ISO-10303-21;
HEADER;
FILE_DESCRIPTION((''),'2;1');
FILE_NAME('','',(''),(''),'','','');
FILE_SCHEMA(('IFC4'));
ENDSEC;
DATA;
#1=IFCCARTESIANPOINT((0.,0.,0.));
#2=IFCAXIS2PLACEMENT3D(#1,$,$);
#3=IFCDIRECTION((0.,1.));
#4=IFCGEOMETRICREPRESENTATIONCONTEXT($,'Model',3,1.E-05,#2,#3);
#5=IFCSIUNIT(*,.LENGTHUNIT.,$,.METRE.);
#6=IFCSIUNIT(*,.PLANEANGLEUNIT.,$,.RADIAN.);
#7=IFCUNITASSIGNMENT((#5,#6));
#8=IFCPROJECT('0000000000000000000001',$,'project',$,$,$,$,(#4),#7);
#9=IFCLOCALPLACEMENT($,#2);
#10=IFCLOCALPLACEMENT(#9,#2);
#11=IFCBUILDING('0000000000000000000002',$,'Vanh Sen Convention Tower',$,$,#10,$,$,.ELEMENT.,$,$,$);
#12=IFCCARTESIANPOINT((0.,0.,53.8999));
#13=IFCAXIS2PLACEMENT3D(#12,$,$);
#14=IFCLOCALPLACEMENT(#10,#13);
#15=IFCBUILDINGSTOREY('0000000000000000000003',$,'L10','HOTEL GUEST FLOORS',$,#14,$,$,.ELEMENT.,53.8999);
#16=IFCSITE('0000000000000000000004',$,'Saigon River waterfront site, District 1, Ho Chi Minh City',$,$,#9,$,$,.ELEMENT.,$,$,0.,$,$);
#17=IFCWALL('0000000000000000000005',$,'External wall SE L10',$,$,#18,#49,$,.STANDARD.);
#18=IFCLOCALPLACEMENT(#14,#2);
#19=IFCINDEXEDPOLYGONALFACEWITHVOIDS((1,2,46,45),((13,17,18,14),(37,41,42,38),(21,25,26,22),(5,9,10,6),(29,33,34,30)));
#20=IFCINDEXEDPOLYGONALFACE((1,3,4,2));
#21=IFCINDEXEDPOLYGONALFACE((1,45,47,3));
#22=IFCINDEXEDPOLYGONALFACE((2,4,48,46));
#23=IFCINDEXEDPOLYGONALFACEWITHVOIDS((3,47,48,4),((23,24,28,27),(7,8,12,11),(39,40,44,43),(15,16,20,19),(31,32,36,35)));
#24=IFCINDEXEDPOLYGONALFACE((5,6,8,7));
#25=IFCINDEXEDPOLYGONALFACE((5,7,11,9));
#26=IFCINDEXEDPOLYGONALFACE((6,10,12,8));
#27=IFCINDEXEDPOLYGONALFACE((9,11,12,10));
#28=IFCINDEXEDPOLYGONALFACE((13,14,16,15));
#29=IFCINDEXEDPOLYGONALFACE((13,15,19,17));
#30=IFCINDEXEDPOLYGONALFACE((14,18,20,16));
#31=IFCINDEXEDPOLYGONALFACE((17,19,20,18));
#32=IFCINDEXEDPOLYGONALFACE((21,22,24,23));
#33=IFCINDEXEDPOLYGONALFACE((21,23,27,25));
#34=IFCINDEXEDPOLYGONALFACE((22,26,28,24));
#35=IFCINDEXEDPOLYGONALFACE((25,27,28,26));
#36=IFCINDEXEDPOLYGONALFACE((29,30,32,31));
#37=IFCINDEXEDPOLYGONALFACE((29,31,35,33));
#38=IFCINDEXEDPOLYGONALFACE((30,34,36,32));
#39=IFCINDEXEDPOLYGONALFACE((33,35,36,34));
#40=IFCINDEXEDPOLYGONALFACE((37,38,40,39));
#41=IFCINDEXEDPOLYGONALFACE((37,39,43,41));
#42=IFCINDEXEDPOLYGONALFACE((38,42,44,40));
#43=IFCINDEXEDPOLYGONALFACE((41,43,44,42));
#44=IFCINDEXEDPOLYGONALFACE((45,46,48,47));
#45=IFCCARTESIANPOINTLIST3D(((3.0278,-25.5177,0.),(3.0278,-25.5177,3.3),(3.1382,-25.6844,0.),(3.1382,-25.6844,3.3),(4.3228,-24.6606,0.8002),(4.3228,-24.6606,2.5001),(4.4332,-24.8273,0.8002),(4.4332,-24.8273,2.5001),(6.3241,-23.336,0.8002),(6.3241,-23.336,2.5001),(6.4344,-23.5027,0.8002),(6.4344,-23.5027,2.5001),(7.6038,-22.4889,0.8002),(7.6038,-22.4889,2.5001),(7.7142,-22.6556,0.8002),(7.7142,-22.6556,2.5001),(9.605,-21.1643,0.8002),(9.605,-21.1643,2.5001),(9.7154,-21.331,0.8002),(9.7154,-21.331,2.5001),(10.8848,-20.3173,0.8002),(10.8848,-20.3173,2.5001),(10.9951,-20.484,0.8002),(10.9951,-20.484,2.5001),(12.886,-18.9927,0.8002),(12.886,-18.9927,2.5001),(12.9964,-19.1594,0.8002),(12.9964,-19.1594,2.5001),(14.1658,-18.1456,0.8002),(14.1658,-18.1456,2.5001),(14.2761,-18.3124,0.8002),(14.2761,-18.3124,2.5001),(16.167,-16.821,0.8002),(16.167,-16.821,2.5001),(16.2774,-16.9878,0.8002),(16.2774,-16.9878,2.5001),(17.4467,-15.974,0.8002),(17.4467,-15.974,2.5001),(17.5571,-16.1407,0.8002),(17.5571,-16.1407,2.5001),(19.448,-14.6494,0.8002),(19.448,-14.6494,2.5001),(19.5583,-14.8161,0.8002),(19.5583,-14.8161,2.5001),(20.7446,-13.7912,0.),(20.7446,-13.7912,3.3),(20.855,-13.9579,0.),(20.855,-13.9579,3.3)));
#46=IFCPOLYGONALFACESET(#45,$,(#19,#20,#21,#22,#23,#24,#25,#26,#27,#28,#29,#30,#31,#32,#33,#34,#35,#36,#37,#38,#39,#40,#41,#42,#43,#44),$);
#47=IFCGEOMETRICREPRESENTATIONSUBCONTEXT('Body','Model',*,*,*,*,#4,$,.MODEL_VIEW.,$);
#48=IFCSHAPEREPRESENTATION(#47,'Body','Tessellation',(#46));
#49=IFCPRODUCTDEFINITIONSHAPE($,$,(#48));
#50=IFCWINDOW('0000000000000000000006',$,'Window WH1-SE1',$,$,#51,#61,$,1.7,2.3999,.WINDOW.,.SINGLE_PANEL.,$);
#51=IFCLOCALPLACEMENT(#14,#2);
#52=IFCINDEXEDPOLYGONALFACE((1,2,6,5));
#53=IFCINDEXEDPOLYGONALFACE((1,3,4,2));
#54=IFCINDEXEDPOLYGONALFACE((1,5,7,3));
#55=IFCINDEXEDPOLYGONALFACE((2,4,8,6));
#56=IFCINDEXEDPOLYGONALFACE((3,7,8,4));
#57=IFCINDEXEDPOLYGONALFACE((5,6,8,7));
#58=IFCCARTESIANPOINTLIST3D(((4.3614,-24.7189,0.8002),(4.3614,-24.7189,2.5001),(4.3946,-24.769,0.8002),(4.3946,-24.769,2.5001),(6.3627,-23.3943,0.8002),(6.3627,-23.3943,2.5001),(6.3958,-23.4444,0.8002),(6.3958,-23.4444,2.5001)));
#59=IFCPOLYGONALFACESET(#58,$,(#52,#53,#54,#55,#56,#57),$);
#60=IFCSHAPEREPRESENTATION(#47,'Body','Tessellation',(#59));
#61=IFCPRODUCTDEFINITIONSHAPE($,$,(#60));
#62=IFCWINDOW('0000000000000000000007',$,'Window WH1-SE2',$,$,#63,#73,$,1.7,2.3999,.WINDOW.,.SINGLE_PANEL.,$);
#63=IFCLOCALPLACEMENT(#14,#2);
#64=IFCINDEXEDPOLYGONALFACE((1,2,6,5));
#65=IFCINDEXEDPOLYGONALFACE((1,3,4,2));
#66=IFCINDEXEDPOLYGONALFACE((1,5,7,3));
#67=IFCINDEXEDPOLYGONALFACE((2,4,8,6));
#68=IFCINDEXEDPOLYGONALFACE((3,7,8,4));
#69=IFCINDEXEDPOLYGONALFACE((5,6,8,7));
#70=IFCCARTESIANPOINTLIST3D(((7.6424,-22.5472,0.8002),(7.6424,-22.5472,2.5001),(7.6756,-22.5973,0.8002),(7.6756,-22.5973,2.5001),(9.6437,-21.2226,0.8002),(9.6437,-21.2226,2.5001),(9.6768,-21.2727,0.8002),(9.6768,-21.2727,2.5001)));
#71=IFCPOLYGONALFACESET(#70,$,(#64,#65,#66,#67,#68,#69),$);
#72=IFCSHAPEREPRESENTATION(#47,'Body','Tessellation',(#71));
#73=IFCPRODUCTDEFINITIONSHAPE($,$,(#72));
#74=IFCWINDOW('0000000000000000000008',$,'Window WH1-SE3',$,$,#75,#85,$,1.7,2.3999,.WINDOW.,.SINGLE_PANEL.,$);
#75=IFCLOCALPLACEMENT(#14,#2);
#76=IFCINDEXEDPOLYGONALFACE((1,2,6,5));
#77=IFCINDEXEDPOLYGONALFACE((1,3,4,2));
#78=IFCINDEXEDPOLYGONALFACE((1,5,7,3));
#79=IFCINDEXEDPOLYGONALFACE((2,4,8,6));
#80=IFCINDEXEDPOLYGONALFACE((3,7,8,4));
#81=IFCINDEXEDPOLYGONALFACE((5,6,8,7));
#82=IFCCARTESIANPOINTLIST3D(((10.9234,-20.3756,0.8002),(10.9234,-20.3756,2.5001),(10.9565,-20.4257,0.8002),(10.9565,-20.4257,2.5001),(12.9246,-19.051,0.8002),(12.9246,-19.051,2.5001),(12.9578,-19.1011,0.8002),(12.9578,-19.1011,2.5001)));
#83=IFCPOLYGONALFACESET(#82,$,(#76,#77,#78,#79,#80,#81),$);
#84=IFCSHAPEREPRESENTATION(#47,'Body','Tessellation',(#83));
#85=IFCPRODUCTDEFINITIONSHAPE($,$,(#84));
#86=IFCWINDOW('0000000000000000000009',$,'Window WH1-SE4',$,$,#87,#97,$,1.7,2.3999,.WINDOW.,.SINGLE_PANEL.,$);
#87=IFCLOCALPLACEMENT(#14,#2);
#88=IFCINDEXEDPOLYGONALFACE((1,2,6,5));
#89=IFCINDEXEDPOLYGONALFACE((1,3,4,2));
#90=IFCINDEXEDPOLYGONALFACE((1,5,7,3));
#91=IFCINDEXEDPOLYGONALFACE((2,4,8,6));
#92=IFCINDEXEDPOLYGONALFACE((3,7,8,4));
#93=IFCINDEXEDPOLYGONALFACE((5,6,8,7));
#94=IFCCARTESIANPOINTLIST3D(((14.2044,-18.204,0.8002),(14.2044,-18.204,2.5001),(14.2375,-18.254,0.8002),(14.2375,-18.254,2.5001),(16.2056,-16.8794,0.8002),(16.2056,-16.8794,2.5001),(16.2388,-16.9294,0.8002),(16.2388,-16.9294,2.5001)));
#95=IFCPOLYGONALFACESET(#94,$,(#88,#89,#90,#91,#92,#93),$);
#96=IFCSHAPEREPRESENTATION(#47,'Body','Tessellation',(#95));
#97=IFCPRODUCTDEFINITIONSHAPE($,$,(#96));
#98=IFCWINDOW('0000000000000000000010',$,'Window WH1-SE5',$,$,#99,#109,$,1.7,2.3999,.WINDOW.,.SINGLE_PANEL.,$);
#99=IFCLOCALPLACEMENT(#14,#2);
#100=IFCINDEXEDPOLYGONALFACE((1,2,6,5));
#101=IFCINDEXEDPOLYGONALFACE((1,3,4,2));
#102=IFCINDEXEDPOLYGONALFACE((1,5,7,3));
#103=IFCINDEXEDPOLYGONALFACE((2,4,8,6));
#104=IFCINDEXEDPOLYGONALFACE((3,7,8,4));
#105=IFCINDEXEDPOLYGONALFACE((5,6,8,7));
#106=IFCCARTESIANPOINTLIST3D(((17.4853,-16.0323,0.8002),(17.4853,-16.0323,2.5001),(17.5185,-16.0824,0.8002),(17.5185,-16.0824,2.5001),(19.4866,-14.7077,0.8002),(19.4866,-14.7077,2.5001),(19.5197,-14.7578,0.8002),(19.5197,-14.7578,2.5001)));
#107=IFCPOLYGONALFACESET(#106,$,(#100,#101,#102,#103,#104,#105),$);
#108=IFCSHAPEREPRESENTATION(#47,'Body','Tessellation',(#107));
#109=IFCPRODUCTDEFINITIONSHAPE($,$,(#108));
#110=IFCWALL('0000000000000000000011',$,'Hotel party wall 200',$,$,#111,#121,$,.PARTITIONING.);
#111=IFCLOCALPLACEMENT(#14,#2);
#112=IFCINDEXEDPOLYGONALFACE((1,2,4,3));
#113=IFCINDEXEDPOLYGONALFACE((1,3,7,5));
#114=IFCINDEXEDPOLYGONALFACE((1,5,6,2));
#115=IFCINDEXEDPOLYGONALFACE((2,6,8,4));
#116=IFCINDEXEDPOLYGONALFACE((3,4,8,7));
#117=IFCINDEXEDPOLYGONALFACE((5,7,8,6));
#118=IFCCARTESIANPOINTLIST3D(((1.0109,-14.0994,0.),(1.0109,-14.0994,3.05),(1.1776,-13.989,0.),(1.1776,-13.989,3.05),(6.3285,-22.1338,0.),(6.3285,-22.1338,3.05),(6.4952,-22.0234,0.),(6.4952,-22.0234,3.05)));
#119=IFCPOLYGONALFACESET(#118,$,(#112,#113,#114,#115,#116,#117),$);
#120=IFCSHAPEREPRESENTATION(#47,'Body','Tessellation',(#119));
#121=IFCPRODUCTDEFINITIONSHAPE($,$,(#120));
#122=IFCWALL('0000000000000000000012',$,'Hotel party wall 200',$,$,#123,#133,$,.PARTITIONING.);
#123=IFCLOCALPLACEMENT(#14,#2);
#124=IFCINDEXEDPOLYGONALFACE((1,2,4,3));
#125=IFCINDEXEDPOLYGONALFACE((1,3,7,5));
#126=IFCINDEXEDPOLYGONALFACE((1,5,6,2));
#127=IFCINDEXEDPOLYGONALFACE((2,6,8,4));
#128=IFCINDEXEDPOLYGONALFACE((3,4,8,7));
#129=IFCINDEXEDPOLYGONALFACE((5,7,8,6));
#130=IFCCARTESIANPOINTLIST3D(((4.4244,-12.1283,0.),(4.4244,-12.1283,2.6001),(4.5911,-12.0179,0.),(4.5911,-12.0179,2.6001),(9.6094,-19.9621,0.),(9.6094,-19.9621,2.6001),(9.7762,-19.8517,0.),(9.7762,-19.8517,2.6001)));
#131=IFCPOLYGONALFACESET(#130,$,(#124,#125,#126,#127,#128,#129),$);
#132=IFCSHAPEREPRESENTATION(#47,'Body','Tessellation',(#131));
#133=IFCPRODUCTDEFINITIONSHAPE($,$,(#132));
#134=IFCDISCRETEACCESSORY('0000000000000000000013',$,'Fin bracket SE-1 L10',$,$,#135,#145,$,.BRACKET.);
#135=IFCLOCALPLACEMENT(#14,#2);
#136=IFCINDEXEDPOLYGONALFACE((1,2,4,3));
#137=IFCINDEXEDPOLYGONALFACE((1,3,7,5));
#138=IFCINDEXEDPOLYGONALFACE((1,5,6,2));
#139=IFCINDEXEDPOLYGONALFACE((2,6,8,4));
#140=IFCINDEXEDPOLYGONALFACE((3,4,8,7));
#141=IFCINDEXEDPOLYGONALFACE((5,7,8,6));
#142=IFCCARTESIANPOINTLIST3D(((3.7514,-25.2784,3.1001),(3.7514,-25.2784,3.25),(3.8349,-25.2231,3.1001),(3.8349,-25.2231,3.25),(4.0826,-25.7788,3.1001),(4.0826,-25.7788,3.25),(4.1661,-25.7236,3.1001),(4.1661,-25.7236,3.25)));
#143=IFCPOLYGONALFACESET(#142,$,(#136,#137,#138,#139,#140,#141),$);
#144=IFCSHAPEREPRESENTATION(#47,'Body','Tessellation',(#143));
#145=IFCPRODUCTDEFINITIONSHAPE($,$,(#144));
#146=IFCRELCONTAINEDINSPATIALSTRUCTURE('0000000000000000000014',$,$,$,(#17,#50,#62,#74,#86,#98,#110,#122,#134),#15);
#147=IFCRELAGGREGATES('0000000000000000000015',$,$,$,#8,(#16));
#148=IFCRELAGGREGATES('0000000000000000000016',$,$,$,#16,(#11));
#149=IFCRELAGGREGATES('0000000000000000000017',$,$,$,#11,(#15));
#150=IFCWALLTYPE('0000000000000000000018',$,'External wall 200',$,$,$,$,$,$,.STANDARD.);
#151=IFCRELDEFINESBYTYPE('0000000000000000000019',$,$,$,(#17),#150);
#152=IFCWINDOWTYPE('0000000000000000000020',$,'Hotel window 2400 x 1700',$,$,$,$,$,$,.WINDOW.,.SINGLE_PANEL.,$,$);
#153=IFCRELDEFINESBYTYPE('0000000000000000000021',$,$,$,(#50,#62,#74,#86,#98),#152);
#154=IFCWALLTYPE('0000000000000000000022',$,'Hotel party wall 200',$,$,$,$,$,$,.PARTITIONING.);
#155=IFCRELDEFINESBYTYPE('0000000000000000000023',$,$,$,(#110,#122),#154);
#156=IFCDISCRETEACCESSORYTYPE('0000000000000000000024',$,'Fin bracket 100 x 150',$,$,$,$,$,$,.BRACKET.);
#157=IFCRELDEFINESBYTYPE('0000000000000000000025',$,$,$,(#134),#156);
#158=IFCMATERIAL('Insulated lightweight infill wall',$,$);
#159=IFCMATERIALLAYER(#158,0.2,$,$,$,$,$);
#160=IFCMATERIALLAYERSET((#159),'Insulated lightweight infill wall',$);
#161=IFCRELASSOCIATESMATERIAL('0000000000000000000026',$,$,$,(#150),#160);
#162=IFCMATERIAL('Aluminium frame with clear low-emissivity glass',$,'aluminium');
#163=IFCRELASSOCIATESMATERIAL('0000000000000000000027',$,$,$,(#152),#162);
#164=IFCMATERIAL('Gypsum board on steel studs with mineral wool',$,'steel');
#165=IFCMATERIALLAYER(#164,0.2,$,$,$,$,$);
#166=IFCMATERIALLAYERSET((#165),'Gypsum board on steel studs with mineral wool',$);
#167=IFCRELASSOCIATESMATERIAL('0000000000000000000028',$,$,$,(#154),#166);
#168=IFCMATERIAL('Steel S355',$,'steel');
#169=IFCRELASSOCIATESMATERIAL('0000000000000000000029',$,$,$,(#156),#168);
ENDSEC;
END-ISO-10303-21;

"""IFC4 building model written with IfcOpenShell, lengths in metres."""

from ifc_helpers import new_model, si_unit, direction, frame, frame_2d, origin, origin_2d, place, context, subcontext, project, spatial, rectangle, extrude, material, layer, layer_set, type_object, element, fill, save


model = new_model("IFC4")

# Units and contexts
model_context = context("Model", 3, precision=1e-05, world=origin(), true_north=direction((0.0, 1.0)))
body_context = subcontext(model_context, "Body", "Model", "MODEL_VIEW")
ifc_project = project(units=[si_unit("LENGTHUNIT", "METRE"), si_unit("PLANEANGLEUNIT", "RADIAN")], contexts=[model_context])

# Site, building, storey
site_placement = place(None, origin())
site = spatial("IfcSite", under=ifc_project, at=site_placement, Name="Saigon River waterfront site, District 1, Ho Chi Minh City", CompositionType="ELEMENT", RefElevation=0.0)
building_placement = place(site_placement, origin())
building = spatial("IfcBuilding", under=site, at=building_placement, Name="Vanh Sen Convention Tower", CompositionType="ELEMENT")
storey_placement = place(building_placement, frame((0.0, 0.0, 53.8999)))
storey = spatial("IfcBuildingStorey", under=building, at=storey_placement, Name="L10", Description="HOTEL GUEST FLOORS", CompositionType="ELEMENT", Elevation=53.8999)

# Shared definitions
ifc_material_1 = material(Name="Gypsum board on steel studs with mineral wool", Category="steel")

# Wall, openings, windows
ifc_material_2 = material(Name="Insulated lightweight infill wall")
ifc_layer_1 = layer(ifc_material_2, 0.2)
ifc_layer_set_1 = layer_set([ifc_layer_1], Name="Insulated lightweight infill wall")
wall_type_1 = type_object("IfcWallType", Name="External wall 200", PredefinedType="STANDARD", material=ifc_layer_set_1)
wall_1_placement = place(storey_placement, frame((3.083, -25.6011, 0.0), z_axis=(0.0, 0.0, 1.0), x_axis=(0.833884, 0.551939, 0.0)))
wall_1 = element("IfcWall", 1, at=wall_1_placement, inside=storey, type_object=wall_type_1, Name="External wall SE L10", PredefinedType="STANDARD", context=body_context, shape_type="SweptSolid", body=[
    extrude(rectangle(XDim=21.2461, YDim=0.2, at=frame_2d((10.623, 0.0))), origin(), (0.0, 0.0, 1.0), 3.3),
])
opening_1_placement = place(wall_1_placement, frame((1.553, 0.0, 0.8)))
opening_1 = element("IfcOpeningElement", 2, at=opening_1_placement, cuts=wall_1, PredefinedType="OPENING", context=body_context, shape_type="SweptSolid", body=[
    extrude(rectangle(XDim=2.3999, YDim=1.7, at=frame_2d((1.2, 0.8501))), frame((0.0, 0.1099, 0.0), z_axis=(0.0, -1.0, 0.0), x_axis=(1.0, 0.0, 0.0)), (0.0, 0.0, 1.0), 0.22),
])
opening_2_placement = place(wall_1_placement, frame((5.4875, 0.0, 0.8)))
opening_2 = element("IfcOpeningElement", 3, at=opening_2_placement, cuts=wall_1, PredefinedType="OPENING", context=body_context, shape_type="SweptSolid", body=[
    extrude(rectangle(XDim=2.3999, YDim=1.7, at=frame_2d((1.2, 0.8501))), frame((0.0, 0.1099, 0.0), z_axis=(0.0, -1.0, 0.0), x_axis=(1.0, 0.0, 0.0)), (0.0, 0.0, 1.0), 0.22),
])
opening_3_placement = place(wall_1_placement, frame((9.4221, 0.0, 0.8)))
opening_3 = element("IfcOpeningElement", 4, at=opening_3_placement, cuts=wall_1, PredefinedType="OPENING", context=body_context, shape_type="SweptSolid", body=[
    extrude(rectangle(XDim=2.3999, YDim=1.7, at=frame_2d((1.2, 0.8501))), frame((0.0, 0.1099, 0.0), z_axis=(0.0, -1.0, 0.0), x_axis=(1.0, 0.0, 0.0)), (0.0, 0.0, 1.0), 0.22),
])
opening_4_placement = place(wall_1_placement, frame((13.3567, 0.0, 0.8)))
opening_4 = element("IfcOpeningElement", 5, at=opening_4_placement, cuts=wall_1, PredefinedType="OPENING", context=body_context, shape_type="SweptSolid", body=[
    extrude(rectangle(XDim=2.3999, YDim=1.7, at=frame_2d((1.2, 0.8501))), frame((0.0, 0.1099, 0.0), z_axis=(0.0, -1.0, 0.0), x_axis=(1.0, 0.0, 0.0)), (0.0, 0.0, 1.0), 0.22),
])
opening_5_placement = place(wall_1_placement, frame((17.2913, 0.0, 0.8)))
opening_5 = element("IfcOpeningElement", 6, at=opening_5_placement, cuts=wall_1, PredefinedType="OPENING", context=body_context, shape_type="SweptSolid", body=[
    extrude(rectangle(XDim=2.3999, YDim=1.7, at=frame_2d((1.2, 0.8501))), frame((0.0, 0.1099, 0.0), z_axis=(0.0, -1.0, 0.0), x_axis=(1.0, 0.0, 0.0)), (0.0, 0.0, 1.0), 0.22),
])
ifc_material_3 = material(Name="Aluminium frame with clear low-emissivity glass", Category="aluminium")
window_type = type_object("IfcWindowType", Name="Hotel window 2400 x 1700", PartitioningType="SINGLE_PANEL", PredefinedType="WINDOW", material=ifc_material_3)
window_1_placement = place(opening_1_placement, origin())
window_1 = element("IfcWindow", 7, at=window_1_placement, inside=storey, type_object=window_type, Name="Window WH1-SE1", OverallHeight=1.7, OverallWidth=2.3999, PartitioningType="SINGLE_PANEL", PredefinedType="WINDOW", context=body_context, shape_type="SweptSolid", body=[
    extrude(rectangle(XDim=2.3999, YDim=1.7, at=frame_2d((1.2, 0.8501))), frame((0.0, 0.03, 0.0), z_axis=(0.0, -1.0, 0.0), x_axis=(1.0, 0.0, 0.0)), (0.0, 0.0, 1.0), 0.0601),
])
fill(opening_1, window_1)
window_2_placement = place(opening_2_placement, origin())
window_2 = element("IfcWindow", 8, at=window_2_placement, inside=storey, type_object=window_type, Name="Window WH1-SE2", OverallHeight=1.7, OverallWidth=2.3999, PartitioningType="SINGLE_PANEL", PredefinedType="WINDOW", context=body_context, shape_type="SweptSolid", body=[
    extrude(rectangle(XDim=2.3999, YDim=1.7, at=frame_2d((1.2, 0.8501))), frame((0.0, 0.03, 0.0), z_axis=(0.0, -1.0, 0.0), x_axis=(1.0, 0.0, 0.0)), (0.0, 0.0, 1.0), 0.0601),
])
fill(opening_2, window_2)
window_3_placement = place(opening_3_placement, origin())
window_3 = element("IfcWindow", 9, at=window_3_placement, inside=storey, type_object=window_type, Name="Window WH1-SE3", OverallHeight=1.7, OverallWidth=2.3999, PartitioningType="SINGLE_PANEL", PredefinedType="WINDOW", context=body_context, shape_type="SweptSolid", body=[
    extrude(rectangle(XDim=2.3999, YDim=1.7, at=frame_2d((1.2, 0.8501))), frame((0.0, 0.03, 0.0), z_axis=(0.0, -1.0, 0.0), x_axis=(1.0, 0.0, 0.0)), (0.0, 0.0, 1.0), 0.0601),
])
fill(opening_3, window_3)
window_4_placement = place(opening_4_placement, origin())
window_4 = element("IfcWindow", 10, at=window_4_placement, inside=storey, type_object=window_type, Name="Window WH1-SE4", OverallHeight=1.7, OverallWidth=2.3999, PartitioningType="SINGLE_PANEL", PredefinedType="WINDOW", context=body_context, shape_type="SweptSolid", body=[
    extrude(rectangle(XDim=2.3999, YDim=1.7, at=frame_2d((1.2, 0.8501))), frame((0.0, 0.03, 0.0), z_axis=(0.0, -1.0, 0.0), x_axis=(1.0, 0.0, 0.0)), (0.0, 0.0, 1.0), 0.0601),
])
fill(opening_4, window_4)
window_5_placement = place(opening_5_placement, origin())
window_5 = element("IfcWindow", 11, at=window_5_placement, inside=storey, type_object=window_type, Name="Window WH1-SE5", OverallHeight=1.7, OverallWidth=2.3999, PartitioningType="SINGLE_PANEL", PredefinedType="WINDOW", context=body_context, shape_type="SweptSolid", body=[
    extrude(rectangle(XDim=2.3999, YDim=1.7, at=frame_2d((1.2, 0.8501))), frame((0.0, 0.03, 0.0), z_axis=(0.0, -1.0, 0.0), x_axis=(1.0, 0.0, 0.0)), (0.0, 0.0, 1.0), 0.0601),
])
fill(opening_5, window_5)

# Walls
ifc_layer_2 = layer(ifc_material_1, 0.2)
ifc_layer_set_2 = layer_set([ifc_layer_2], Name="Gypsum board on steel studs with mineral wool")
wall_type_2 = type_object("IfcWallType", Name="Hotel party wall 200", PredefinedType="PARTITIONING", material=ifc_layer_set_2)
wall_2_placement = place(storey_placement, frame((6.4119, -22.0786, 0.0), z_axis=(0.0, 0.0, 1.0), x_axis=(-0.55192, 0.833897, 0.0)))
element("IfcWall", 12, at=wall_2_placement, inside=storey, type_object=wall_type_2, Name="Hotel party wall 200", PredefinedType="PARTITIONING", context=body_context, shape_type="SweptSolid", body=[
    extrude(rectangle(XDim=9.6348, YDim=0.2, at=frame_2d((4.8174, 0.0))), origin(), (0.0, 0.0, 1.0), 3.05),
])
wall_3_placement = place(storey_placement, frame((9.6929, -19.907, 0.0), z_axis=(0.0, 0.0, 1.0), x_axis=(-0.551938, 0.833885, 0.0)))
element("IfcWall", 13, at=wall_3_placement, inside=storey, type_object=wall_type_2, Name="Hotel party wall 200", PredefinedType="PARTITIONING", context=body_context, shape_type="SweptSolid", body=[
    extrude(rectangle(XDim=9.3943, YDim=0.2, at=frame_2d((4.6973, 0.0))), origin(), (0.0, 0.0, 1.0), 2.6001),
])

# Discrete accessory
ifc_material_4 = material(Name="Steel S355", Category="steel")
discrete_accessory_type = type_object("IfcDiscreteAccessoryType", Name="Fin bracket 100 x 150", PredefinedType="BRACKET", material=ifc_material_4)
discrete_accessory_placement = place(storey_placement, frame((3.9587, -25.501, 3.1001), z_axis=(0.0, 0.0, 1.0), x_axis=(0.551937, -0.833886, 0.0)))
element("IfcDiscreteAccessory", 14, at=discrete_accessory_placement, inside=storey, type_object=discrete_accessory_type, Name="Fin bracket SE-1 L10", PredefinedType="BRACKET", context=body_context, shape_type="SweptSolid", body=[
    extrude(rectangle(XDim=0.6001, YDim=0.1001, at=origin_2d()), origin(), (0.0, 0.0, 1.0), 0.1499),
])

save(model, "model.ifc")
